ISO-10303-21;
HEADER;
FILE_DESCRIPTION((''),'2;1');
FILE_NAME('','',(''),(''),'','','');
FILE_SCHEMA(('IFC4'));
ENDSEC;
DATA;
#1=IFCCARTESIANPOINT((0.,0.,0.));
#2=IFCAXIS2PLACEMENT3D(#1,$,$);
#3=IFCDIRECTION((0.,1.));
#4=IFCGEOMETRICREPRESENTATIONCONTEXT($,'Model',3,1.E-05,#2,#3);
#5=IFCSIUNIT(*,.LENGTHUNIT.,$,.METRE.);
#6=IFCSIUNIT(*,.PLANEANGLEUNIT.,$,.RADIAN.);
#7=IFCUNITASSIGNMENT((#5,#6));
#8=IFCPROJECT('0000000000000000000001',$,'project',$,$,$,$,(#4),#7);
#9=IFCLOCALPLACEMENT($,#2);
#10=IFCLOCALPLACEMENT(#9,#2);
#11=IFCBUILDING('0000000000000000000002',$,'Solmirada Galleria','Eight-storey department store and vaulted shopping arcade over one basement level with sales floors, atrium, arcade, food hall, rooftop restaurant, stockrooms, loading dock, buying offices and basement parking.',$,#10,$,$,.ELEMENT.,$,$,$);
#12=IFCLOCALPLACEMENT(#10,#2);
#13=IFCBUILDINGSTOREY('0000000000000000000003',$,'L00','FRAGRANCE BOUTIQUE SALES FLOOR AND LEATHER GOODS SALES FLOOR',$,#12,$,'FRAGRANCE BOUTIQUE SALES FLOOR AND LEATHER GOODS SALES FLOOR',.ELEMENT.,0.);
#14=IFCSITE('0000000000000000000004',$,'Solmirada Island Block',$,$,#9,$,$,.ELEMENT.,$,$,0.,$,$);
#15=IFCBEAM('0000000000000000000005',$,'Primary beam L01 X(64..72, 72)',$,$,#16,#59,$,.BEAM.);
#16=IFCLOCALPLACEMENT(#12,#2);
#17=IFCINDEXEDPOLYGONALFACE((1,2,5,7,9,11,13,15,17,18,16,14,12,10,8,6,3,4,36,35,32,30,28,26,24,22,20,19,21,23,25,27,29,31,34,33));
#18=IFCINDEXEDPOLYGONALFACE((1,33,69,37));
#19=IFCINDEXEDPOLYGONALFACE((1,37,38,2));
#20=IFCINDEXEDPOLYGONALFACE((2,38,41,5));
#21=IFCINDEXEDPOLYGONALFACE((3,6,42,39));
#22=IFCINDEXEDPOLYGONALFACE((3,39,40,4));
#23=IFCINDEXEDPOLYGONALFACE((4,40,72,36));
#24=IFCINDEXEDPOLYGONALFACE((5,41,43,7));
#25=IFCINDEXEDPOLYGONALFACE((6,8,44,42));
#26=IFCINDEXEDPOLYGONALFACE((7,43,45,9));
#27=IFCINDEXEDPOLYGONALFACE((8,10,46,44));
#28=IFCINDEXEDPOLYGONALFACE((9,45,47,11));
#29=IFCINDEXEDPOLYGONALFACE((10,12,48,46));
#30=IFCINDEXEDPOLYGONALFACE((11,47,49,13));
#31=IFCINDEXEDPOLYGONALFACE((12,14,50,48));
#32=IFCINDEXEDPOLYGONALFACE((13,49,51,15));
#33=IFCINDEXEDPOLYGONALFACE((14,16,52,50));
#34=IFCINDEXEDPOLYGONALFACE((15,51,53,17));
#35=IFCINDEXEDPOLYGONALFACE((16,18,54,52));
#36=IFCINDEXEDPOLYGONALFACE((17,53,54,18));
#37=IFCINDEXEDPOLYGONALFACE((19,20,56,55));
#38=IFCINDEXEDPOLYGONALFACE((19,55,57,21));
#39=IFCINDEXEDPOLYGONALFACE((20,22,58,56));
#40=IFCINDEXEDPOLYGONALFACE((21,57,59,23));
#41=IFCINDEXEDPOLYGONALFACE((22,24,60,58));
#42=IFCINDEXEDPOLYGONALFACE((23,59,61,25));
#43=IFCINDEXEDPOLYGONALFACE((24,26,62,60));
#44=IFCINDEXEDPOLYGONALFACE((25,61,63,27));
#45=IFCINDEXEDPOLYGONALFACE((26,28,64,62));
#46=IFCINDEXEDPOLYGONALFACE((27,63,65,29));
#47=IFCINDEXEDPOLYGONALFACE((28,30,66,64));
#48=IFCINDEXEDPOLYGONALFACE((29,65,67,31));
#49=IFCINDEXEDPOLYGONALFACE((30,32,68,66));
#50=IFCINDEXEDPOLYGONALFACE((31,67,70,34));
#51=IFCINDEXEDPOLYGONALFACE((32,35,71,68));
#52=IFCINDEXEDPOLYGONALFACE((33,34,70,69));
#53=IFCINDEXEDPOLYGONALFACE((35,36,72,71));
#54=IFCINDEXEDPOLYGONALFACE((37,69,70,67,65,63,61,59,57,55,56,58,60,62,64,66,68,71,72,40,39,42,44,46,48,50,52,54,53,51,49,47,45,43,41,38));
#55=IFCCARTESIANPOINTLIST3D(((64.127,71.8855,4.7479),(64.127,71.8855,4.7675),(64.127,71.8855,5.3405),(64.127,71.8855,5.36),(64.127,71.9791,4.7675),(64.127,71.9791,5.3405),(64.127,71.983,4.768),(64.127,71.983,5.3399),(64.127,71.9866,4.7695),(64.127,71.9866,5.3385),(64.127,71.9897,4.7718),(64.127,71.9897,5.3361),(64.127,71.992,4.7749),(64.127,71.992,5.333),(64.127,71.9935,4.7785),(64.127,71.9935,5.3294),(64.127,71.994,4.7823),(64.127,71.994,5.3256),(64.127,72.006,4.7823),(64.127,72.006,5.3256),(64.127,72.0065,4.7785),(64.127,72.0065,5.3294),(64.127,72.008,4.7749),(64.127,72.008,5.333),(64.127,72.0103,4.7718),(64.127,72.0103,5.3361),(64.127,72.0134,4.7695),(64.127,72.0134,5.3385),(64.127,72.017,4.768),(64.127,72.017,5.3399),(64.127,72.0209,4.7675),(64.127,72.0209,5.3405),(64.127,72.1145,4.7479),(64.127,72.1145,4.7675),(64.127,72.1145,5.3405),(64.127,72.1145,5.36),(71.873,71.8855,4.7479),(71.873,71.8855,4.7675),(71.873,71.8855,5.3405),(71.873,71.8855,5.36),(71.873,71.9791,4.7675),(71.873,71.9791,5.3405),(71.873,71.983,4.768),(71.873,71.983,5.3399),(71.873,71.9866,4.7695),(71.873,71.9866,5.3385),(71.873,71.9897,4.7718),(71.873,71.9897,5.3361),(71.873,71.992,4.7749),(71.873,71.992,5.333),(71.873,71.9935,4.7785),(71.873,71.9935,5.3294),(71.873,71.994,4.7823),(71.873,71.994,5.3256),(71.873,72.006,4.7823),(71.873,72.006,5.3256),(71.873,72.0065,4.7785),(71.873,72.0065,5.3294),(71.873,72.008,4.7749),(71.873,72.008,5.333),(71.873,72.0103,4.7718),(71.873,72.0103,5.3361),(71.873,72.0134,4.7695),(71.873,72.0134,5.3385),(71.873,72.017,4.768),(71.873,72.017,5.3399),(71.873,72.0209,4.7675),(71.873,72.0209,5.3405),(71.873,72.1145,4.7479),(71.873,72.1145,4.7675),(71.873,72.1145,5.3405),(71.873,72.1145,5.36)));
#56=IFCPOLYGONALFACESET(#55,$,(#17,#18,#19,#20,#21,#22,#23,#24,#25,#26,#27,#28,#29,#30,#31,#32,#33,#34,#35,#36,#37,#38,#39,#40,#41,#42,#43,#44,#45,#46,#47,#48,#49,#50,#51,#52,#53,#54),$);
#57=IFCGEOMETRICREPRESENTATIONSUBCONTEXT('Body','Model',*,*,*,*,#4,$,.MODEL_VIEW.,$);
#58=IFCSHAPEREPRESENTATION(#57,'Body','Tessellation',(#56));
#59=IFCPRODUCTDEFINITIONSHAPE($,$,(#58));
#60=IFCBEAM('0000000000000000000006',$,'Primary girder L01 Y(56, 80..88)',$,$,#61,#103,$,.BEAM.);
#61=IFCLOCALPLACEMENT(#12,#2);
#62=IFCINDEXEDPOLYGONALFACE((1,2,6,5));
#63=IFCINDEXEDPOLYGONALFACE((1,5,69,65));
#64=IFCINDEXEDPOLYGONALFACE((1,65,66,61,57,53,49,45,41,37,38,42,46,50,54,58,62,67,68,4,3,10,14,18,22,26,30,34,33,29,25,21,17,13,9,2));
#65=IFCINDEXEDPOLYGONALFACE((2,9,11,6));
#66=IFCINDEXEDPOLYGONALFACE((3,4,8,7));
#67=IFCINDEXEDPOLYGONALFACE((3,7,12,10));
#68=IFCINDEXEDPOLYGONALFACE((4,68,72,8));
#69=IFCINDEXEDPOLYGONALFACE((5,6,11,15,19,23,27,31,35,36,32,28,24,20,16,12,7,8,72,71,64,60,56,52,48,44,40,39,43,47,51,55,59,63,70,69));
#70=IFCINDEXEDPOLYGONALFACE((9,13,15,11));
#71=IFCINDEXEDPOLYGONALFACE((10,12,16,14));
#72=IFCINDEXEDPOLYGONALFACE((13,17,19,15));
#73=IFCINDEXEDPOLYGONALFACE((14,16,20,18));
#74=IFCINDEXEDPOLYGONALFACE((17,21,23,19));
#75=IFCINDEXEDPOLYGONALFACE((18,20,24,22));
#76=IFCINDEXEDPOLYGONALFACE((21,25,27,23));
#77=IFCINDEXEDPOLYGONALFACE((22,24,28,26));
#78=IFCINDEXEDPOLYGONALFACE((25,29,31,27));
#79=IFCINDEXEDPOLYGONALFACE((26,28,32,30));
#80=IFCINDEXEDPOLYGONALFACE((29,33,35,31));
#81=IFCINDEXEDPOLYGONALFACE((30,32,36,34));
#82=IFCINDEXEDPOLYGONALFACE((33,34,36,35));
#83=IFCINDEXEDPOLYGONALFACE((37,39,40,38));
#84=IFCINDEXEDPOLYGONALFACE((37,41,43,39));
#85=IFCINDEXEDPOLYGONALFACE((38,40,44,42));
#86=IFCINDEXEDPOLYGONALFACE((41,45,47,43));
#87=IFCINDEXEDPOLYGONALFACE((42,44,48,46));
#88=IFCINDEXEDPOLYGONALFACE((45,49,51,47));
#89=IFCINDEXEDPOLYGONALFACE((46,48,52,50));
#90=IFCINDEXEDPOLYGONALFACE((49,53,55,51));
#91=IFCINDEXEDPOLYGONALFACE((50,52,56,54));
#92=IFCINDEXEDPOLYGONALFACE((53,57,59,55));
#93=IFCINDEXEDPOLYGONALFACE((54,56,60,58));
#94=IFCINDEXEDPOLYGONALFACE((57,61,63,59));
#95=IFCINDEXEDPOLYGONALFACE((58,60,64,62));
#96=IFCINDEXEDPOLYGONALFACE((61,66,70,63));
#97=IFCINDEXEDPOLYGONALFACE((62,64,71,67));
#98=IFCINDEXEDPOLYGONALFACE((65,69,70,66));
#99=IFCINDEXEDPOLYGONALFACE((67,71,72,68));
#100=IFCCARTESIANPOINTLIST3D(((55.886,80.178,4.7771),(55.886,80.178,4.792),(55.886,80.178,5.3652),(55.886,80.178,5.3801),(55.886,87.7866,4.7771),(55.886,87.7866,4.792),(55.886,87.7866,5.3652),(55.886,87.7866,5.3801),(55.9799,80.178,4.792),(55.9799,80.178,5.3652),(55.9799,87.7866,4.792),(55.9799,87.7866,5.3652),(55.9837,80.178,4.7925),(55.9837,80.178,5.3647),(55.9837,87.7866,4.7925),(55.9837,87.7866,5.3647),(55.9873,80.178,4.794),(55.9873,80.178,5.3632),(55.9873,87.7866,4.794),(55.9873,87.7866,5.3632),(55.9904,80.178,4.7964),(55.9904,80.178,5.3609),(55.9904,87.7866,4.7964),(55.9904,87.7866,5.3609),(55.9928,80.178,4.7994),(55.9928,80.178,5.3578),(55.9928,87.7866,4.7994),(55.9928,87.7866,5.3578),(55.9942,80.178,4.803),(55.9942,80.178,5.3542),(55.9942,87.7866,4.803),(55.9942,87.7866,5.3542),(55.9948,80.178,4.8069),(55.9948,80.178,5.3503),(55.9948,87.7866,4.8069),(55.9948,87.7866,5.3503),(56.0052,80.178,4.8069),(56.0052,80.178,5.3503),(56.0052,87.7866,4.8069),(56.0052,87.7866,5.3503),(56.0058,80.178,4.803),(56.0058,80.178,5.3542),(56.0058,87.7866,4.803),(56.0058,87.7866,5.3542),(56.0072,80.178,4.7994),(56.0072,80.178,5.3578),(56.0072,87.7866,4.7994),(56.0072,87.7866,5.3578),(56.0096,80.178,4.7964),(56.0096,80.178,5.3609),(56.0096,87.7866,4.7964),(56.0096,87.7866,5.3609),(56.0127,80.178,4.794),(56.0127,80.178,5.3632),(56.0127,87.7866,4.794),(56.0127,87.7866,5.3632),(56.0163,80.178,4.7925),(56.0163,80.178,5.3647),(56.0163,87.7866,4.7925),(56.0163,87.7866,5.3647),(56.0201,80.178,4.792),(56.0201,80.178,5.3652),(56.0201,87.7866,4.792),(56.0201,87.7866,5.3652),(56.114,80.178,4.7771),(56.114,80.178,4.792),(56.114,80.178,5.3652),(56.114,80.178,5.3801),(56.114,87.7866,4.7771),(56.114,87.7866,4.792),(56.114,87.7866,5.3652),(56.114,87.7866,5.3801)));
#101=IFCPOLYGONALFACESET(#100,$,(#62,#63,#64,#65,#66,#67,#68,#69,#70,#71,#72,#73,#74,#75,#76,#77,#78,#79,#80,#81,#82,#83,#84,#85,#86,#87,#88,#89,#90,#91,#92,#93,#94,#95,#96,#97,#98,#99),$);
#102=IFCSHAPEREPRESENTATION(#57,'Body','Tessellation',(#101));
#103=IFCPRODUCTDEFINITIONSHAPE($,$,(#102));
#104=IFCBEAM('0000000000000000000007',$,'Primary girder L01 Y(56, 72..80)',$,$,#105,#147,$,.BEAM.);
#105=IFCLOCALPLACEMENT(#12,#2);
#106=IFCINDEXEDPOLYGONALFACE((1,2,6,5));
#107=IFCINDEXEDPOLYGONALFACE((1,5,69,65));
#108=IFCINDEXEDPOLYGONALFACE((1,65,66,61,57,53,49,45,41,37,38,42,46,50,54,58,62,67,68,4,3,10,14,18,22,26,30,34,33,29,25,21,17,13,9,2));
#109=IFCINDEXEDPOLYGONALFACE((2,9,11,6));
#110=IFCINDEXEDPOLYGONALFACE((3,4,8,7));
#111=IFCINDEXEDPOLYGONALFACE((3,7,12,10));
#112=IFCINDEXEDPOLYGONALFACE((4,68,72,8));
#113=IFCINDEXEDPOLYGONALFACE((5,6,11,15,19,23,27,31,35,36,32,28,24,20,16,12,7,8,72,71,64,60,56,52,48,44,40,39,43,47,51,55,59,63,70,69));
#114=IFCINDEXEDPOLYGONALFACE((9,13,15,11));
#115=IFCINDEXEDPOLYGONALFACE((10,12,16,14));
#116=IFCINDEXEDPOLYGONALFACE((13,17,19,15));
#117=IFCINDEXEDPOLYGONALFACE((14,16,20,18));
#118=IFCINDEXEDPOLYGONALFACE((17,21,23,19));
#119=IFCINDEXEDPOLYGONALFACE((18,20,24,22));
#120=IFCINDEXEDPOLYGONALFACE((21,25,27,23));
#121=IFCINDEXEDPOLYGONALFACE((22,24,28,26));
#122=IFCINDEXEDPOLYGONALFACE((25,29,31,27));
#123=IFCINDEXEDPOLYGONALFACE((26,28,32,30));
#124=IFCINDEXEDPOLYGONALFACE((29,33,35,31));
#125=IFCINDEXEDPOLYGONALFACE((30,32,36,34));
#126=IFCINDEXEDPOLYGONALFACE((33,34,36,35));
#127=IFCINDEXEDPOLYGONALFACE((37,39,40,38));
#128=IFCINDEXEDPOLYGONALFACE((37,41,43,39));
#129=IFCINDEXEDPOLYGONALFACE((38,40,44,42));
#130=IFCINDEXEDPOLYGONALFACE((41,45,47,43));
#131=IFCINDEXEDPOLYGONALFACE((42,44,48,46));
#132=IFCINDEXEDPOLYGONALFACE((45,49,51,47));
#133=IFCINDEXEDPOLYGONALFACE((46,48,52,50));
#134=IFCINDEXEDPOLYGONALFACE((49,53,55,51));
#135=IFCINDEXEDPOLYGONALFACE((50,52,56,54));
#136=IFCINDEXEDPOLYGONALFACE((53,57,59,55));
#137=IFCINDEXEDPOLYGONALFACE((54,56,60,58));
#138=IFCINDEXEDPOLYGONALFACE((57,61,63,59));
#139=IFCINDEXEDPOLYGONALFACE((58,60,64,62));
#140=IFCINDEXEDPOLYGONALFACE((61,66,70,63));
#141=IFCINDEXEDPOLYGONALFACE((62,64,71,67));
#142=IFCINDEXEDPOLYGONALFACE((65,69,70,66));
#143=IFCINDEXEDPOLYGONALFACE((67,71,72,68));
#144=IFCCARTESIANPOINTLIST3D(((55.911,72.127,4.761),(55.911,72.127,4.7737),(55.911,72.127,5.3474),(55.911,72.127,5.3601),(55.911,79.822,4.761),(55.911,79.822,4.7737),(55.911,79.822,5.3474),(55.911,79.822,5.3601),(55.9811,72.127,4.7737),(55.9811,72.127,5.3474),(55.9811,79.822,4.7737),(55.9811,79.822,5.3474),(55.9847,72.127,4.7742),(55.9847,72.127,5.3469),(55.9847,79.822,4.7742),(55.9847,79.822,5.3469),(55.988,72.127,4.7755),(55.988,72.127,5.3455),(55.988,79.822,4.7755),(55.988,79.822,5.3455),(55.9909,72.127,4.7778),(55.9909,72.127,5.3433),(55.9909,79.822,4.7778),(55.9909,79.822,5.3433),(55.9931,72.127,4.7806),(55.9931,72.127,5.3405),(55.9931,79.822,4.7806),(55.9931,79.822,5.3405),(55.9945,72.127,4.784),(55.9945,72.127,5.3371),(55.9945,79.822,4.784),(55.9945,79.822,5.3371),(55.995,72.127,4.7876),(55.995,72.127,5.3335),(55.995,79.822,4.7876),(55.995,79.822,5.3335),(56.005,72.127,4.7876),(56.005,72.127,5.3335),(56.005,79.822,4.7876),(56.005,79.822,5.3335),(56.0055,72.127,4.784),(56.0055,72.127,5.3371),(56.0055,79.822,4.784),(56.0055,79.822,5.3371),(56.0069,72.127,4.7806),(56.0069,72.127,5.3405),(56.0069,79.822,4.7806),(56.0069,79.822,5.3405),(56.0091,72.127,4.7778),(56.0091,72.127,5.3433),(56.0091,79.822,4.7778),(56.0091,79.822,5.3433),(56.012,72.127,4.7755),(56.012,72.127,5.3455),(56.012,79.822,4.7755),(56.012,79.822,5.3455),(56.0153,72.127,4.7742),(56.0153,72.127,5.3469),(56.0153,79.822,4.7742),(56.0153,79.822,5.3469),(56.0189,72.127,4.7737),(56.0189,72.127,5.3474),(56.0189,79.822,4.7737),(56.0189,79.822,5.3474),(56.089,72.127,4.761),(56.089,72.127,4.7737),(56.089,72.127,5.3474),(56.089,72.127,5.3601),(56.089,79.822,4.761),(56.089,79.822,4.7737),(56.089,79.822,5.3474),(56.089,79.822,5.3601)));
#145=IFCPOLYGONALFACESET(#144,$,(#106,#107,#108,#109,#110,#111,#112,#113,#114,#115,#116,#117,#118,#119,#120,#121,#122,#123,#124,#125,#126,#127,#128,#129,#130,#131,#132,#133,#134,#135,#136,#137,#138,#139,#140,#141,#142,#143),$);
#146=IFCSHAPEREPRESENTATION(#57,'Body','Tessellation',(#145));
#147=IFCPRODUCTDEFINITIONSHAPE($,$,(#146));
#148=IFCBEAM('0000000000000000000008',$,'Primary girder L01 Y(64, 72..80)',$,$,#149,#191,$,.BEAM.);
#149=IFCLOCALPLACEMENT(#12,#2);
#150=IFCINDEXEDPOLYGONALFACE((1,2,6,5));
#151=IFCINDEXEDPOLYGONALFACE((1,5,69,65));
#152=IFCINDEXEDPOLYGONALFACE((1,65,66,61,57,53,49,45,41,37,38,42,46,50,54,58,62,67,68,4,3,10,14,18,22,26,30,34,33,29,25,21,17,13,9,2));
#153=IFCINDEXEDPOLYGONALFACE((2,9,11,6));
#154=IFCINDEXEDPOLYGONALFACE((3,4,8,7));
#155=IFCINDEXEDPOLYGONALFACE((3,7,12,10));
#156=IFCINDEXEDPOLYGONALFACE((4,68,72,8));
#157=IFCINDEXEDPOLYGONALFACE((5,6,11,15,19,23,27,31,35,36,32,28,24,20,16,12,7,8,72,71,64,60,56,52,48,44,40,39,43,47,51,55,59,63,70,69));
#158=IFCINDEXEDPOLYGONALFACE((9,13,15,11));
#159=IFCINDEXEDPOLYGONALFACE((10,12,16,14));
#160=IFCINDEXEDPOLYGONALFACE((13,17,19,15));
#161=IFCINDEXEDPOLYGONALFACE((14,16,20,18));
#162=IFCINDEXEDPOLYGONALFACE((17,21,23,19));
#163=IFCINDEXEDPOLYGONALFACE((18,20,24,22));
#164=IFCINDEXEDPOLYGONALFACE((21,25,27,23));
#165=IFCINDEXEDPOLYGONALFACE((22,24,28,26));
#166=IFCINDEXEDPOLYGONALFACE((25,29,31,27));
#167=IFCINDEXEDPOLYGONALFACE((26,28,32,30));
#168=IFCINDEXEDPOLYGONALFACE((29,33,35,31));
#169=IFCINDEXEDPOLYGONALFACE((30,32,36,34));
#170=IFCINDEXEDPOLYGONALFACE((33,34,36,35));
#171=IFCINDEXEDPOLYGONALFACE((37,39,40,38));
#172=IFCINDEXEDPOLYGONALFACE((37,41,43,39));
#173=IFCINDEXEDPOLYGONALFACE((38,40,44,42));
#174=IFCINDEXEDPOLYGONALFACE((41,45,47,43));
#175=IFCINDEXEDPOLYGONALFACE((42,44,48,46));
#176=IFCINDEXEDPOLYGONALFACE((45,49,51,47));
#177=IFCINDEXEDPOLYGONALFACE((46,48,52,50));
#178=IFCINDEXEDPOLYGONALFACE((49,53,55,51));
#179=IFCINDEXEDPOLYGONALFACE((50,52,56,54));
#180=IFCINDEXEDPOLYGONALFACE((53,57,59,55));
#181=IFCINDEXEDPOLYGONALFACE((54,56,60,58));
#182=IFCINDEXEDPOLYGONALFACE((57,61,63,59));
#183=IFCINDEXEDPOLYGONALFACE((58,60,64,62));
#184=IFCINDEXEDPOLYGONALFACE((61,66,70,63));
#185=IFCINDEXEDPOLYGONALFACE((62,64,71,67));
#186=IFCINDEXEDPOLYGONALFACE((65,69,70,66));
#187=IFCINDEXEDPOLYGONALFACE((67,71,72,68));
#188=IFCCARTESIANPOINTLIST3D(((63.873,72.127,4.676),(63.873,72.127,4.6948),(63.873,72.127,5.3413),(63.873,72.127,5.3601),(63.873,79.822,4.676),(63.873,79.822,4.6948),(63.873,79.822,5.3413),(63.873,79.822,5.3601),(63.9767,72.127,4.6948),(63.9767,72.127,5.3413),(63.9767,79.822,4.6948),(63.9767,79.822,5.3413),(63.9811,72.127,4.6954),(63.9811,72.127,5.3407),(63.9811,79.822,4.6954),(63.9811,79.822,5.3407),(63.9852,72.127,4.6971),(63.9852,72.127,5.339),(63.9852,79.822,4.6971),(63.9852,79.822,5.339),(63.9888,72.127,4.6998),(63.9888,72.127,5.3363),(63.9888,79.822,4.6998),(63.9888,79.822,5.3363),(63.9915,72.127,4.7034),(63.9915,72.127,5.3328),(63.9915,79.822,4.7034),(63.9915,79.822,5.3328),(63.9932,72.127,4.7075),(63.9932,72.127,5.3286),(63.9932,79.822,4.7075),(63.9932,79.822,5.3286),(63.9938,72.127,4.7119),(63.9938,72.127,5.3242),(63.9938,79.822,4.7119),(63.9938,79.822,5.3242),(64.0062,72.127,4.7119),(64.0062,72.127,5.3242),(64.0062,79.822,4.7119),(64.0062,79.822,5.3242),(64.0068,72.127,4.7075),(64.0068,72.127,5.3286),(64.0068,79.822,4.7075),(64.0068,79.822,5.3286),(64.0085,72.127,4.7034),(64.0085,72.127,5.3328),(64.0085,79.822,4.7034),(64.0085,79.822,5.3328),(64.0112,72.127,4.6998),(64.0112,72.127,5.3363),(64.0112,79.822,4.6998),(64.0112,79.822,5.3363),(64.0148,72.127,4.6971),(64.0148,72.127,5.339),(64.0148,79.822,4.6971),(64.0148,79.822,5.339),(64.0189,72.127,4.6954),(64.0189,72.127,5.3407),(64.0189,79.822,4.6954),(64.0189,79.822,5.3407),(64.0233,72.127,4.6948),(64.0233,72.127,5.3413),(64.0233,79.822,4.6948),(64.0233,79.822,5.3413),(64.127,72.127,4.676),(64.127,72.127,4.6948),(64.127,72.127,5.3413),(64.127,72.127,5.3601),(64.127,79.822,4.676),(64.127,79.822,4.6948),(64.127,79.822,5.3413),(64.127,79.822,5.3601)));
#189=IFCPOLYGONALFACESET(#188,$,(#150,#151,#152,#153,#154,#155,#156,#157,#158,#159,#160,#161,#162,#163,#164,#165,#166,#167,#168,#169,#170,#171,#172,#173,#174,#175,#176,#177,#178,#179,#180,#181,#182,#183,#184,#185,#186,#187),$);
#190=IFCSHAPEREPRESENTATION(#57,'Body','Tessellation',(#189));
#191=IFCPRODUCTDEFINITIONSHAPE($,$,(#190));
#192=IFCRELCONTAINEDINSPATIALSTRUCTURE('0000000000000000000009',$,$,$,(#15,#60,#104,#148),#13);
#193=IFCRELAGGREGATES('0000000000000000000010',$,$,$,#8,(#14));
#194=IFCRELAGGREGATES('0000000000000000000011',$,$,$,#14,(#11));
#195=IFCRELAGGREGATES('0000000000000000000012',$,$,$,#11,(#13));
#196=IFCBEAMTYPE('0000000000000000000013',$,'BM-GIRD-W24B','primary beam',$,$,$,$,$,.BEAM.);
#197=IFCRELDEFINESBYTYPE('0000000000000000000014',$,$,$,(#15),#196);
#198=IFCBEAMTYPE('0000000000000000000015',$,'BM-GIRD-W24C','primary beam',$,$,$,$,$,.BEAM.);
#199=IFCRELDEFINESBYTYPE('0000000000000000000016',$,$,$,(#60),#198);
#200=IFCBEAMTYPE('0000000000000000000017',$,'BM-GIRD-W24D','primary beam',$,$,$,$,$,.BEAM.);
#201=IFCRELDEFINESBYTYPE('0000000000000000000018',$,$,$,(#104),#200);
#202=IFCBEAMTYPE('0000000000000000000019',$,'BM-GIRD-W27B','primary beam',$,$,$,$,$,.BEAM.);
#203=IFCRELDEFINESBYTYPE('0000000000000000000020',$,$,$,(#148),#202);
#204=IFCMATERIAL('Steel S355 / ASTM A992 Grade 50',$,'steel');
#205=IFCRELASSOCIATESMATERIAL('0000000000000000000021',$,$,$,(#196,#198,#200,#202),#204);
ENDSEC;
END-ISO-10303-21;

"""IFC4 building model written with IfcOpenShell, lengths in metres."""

from ifc_helpers import new_model, si_unit, direction, frame, origin, origin_2d, place, context, subcontext, project, spatial, i_section, extrude, material, material_profile, profile_set, type_object, element, save


model = new_model("IFC4")

# Units and contexts
model_context = context("Model", 3, precision=1e-05, world=origin(), true_north=direction((0.0, 1.0)))
body_context = subcontext(model_context, "Body", "Model", "MODEL_VIEW")
ifc_project = project(units=[si_unit("LENGTHUNIT", "METRE"), si_unit("PLANEANGLEUNIT", "RADIAN")], contexts=[model_context])

# Site, building, storey
site_placement = place(None, origin())
site = spatial("IfcSite", under=ifc_project, at=site_placement, Name="Solmirada Island Block", CompositionType="ELEMENT", RefElevation=0.0)
building_placement = place(site_placement, origin())
building = spatial("IfcBuilding", under=site, at=building_placement, Name="Solmirada Galleria", Description="Eight-storey department store and vaulted shopping arcade over one basement level with sales floors, atrium, arcade, food hall, rooftop restaurant, stockrooms, loading dock, buying offices and basement parking.", CompositionType="ELEMENT")
storey_placement = place(building_placement, origin())
storey = spatial("IfcBuildingStorey", under=building, at=storey_placement, Name="L00", Description="FRAGRANCE BOUTIQUE SALES FLOOR AND LEATHER GOODS SALES FLOOR", LongName="FRAGRANCE BOUTIQUE SALES FLOOR AND LEATHER GOODS SALES FLOOR", CompositionType="ELEMENT", Elevation=0.0)

# Beams
ifc_material_1 = material(Name="Steel S355 / ASTM A992 Grade 50", Category="steel")
ifc_material_profile_1 = material_profile(ifc_material_1, i_section(OverallWidth=0.229, OverallDepth=0.6121, WebThickness=0.012, FlangeThickness=0.0195, FilletRadius=0.0149, at=origin_2d()), Name="W24X84")
ifc_profile_set_1 = profile_set([ifc_material_profile_1], Name="Steel S355 / ASTM A992 Grade 50")
beam_type_1 = type_object("IfcBeamType", Name="BM-GIRD-W24B", Description="primary beam", PredefinedType="BEAM", material=ifc_profile_set_1)
beam_1_placement = place(storey_placement, frame((64.127, 72.0, 5.054), z_axis=(1.0, 0.0, 0.0), x_axis=(0.0, 1.0, 0.0)))
element("IfcBeam", 1, at=beam_1_placement, inside=storey, type_object=beam_type_1, Name="Primary beam L01 X(64..72, 72)", PredefinedType="BEAM", context=body_context, shape_type="SweptSolid", body=[
    extrude(i_section(OverallWidth=0.229, OverallDepth=0.6121, WebThickness=0.012, FlangeThickness=0.0195, FilletRadius=0.0149, at=origin_2d()), origin(), (0.0, 0.0, 1.0), 7.7461),
])
ifc_material_profile_2 = material_profile(ifc_material_1, i_section(OverallWidth=0.228, OverallDepth=0.603, WebThickness=0.0105, FlangeThickness=0.0149, FilletRadius=0.0149, at=origin_2d()), Name="W24X68")
ifc_profile_set_2 = profile_set([ifc_material_profile_2], Name="Steel S355 / ASTM A992 Grade 50")
beam_type_2 = type_object("IfcBeamType", Name="BM-GIRD-W24C", Description="primary beam", PredefinedType="BEAM", material=ifc_profile_set_2)
beam_2_placement = place(storey_placement, frame((56.0, 80.178, 5.0786), z_axis=(0.0, 1.0, 0.0), x_axis=(-1.0, 0.0, 0.0)))
element("IfcBeam", 2, at=beam_2_placement, inside=storey, type_object=beam_type_2, Name="Primary girder L01 Y(56, 80..88)", PredefinedType="BEAM", context=body_context, shape_type="SweptSolid", body=[
    extrude(i_section(OverallWidth=0.228, OverallDepth=0.603, WebThickness=0.0105, FlangeThickness=0.0149, FilletRadius=0.0149, at=origin_2d()), origin(), (0.0, 0.0, 1.0), 7.6086),
])
ifc_material_profile_3 = material_profile(ifc_material_1, i_section(OverallWidth=0.178, OverallDepth=0.5991, WebThickness=0.01, FlangeThickness=0.0127, FilletRadius=0.0139, at=origin_2d()), Name="W24X55")
ifc_profile_set_3 = profile_set([ifc_material_profile_3], Name="Steel S355 / ASTM A992 Grade 50")
beam_type_3 = type_object("IfcBeamType", Name="BM-GIRD-W24D", Description="primary beam", PredefinedType="BEAM", material=ifc_profile_set_3)
beam_3_placement = place(storey_placement, frame((56.0, 72.127, 5.0605), z_axis=(0.0, 1.0, 0.0), x_axis=(-1.0, 0.0, 0.0)))
element("IfcBeam", 3, at=beam_3_placement, inside=storey, type_object=beam_type_3, Name="Primary girder L01 Y(56, 72..80)", PredefinedType="BEAM", context=body_context, shape_type="SweptSolid", body=[
    extrude(i_section(OverallWidth=0.178, OverallDepth=0.5991, WebThickness=0.01, FlangeThickness=0.0127, FilletRadius=0.0139, at=origin_2d()), origin(), (0.0, 0.0, 1.0), 7.6951),
])
ifc_material_profile_4 = material_profile(ifc_material_1, i_section(OverallWidth=0.2539, OverallDepth=0.6841, WebThickness=0.0125, FlangeThickness=0.0188, FilletRadius=0.0171, at=origin_2d()), Name="W27X94")
ifc_profile_set_4 = profile_set([ifc_material_profile_4], Name="Steel S355 / ASTM A992 Grade 50")
beam_type_4 = type_object("IfcBeamType", Name="BM-GIRD-W27B", Description="primary beam", PredefinedType="BEAM", material=ifc_profile_set_4)
beam_4_placement = place(storey_placement, frame((64.0, 72.127, 5.0181), z_axis=(0.0, 1.0, 0.0), x_axis=(-1.0, 0.0, 0.0)))
element("IfcBeam", 4, at=beam_4_placement, inside=storey, type_object=beam_type_4, Name="Primary girder L01 Y(64, 72..80)", PredefinedType="BEAM", context=body_context, shape_type="SweptSolid", body=[
    extrude(i_section(OverallWidth=0.2539, OverallDepth=0.6841, WebThickness=0.0125, FlangeThickness=0.0188, FilletRadius=0.0171, at=origin_2d()), origin(), (0.0, 0.0, 1.0), 7.6951),
])

save(model, "model.ifc")
